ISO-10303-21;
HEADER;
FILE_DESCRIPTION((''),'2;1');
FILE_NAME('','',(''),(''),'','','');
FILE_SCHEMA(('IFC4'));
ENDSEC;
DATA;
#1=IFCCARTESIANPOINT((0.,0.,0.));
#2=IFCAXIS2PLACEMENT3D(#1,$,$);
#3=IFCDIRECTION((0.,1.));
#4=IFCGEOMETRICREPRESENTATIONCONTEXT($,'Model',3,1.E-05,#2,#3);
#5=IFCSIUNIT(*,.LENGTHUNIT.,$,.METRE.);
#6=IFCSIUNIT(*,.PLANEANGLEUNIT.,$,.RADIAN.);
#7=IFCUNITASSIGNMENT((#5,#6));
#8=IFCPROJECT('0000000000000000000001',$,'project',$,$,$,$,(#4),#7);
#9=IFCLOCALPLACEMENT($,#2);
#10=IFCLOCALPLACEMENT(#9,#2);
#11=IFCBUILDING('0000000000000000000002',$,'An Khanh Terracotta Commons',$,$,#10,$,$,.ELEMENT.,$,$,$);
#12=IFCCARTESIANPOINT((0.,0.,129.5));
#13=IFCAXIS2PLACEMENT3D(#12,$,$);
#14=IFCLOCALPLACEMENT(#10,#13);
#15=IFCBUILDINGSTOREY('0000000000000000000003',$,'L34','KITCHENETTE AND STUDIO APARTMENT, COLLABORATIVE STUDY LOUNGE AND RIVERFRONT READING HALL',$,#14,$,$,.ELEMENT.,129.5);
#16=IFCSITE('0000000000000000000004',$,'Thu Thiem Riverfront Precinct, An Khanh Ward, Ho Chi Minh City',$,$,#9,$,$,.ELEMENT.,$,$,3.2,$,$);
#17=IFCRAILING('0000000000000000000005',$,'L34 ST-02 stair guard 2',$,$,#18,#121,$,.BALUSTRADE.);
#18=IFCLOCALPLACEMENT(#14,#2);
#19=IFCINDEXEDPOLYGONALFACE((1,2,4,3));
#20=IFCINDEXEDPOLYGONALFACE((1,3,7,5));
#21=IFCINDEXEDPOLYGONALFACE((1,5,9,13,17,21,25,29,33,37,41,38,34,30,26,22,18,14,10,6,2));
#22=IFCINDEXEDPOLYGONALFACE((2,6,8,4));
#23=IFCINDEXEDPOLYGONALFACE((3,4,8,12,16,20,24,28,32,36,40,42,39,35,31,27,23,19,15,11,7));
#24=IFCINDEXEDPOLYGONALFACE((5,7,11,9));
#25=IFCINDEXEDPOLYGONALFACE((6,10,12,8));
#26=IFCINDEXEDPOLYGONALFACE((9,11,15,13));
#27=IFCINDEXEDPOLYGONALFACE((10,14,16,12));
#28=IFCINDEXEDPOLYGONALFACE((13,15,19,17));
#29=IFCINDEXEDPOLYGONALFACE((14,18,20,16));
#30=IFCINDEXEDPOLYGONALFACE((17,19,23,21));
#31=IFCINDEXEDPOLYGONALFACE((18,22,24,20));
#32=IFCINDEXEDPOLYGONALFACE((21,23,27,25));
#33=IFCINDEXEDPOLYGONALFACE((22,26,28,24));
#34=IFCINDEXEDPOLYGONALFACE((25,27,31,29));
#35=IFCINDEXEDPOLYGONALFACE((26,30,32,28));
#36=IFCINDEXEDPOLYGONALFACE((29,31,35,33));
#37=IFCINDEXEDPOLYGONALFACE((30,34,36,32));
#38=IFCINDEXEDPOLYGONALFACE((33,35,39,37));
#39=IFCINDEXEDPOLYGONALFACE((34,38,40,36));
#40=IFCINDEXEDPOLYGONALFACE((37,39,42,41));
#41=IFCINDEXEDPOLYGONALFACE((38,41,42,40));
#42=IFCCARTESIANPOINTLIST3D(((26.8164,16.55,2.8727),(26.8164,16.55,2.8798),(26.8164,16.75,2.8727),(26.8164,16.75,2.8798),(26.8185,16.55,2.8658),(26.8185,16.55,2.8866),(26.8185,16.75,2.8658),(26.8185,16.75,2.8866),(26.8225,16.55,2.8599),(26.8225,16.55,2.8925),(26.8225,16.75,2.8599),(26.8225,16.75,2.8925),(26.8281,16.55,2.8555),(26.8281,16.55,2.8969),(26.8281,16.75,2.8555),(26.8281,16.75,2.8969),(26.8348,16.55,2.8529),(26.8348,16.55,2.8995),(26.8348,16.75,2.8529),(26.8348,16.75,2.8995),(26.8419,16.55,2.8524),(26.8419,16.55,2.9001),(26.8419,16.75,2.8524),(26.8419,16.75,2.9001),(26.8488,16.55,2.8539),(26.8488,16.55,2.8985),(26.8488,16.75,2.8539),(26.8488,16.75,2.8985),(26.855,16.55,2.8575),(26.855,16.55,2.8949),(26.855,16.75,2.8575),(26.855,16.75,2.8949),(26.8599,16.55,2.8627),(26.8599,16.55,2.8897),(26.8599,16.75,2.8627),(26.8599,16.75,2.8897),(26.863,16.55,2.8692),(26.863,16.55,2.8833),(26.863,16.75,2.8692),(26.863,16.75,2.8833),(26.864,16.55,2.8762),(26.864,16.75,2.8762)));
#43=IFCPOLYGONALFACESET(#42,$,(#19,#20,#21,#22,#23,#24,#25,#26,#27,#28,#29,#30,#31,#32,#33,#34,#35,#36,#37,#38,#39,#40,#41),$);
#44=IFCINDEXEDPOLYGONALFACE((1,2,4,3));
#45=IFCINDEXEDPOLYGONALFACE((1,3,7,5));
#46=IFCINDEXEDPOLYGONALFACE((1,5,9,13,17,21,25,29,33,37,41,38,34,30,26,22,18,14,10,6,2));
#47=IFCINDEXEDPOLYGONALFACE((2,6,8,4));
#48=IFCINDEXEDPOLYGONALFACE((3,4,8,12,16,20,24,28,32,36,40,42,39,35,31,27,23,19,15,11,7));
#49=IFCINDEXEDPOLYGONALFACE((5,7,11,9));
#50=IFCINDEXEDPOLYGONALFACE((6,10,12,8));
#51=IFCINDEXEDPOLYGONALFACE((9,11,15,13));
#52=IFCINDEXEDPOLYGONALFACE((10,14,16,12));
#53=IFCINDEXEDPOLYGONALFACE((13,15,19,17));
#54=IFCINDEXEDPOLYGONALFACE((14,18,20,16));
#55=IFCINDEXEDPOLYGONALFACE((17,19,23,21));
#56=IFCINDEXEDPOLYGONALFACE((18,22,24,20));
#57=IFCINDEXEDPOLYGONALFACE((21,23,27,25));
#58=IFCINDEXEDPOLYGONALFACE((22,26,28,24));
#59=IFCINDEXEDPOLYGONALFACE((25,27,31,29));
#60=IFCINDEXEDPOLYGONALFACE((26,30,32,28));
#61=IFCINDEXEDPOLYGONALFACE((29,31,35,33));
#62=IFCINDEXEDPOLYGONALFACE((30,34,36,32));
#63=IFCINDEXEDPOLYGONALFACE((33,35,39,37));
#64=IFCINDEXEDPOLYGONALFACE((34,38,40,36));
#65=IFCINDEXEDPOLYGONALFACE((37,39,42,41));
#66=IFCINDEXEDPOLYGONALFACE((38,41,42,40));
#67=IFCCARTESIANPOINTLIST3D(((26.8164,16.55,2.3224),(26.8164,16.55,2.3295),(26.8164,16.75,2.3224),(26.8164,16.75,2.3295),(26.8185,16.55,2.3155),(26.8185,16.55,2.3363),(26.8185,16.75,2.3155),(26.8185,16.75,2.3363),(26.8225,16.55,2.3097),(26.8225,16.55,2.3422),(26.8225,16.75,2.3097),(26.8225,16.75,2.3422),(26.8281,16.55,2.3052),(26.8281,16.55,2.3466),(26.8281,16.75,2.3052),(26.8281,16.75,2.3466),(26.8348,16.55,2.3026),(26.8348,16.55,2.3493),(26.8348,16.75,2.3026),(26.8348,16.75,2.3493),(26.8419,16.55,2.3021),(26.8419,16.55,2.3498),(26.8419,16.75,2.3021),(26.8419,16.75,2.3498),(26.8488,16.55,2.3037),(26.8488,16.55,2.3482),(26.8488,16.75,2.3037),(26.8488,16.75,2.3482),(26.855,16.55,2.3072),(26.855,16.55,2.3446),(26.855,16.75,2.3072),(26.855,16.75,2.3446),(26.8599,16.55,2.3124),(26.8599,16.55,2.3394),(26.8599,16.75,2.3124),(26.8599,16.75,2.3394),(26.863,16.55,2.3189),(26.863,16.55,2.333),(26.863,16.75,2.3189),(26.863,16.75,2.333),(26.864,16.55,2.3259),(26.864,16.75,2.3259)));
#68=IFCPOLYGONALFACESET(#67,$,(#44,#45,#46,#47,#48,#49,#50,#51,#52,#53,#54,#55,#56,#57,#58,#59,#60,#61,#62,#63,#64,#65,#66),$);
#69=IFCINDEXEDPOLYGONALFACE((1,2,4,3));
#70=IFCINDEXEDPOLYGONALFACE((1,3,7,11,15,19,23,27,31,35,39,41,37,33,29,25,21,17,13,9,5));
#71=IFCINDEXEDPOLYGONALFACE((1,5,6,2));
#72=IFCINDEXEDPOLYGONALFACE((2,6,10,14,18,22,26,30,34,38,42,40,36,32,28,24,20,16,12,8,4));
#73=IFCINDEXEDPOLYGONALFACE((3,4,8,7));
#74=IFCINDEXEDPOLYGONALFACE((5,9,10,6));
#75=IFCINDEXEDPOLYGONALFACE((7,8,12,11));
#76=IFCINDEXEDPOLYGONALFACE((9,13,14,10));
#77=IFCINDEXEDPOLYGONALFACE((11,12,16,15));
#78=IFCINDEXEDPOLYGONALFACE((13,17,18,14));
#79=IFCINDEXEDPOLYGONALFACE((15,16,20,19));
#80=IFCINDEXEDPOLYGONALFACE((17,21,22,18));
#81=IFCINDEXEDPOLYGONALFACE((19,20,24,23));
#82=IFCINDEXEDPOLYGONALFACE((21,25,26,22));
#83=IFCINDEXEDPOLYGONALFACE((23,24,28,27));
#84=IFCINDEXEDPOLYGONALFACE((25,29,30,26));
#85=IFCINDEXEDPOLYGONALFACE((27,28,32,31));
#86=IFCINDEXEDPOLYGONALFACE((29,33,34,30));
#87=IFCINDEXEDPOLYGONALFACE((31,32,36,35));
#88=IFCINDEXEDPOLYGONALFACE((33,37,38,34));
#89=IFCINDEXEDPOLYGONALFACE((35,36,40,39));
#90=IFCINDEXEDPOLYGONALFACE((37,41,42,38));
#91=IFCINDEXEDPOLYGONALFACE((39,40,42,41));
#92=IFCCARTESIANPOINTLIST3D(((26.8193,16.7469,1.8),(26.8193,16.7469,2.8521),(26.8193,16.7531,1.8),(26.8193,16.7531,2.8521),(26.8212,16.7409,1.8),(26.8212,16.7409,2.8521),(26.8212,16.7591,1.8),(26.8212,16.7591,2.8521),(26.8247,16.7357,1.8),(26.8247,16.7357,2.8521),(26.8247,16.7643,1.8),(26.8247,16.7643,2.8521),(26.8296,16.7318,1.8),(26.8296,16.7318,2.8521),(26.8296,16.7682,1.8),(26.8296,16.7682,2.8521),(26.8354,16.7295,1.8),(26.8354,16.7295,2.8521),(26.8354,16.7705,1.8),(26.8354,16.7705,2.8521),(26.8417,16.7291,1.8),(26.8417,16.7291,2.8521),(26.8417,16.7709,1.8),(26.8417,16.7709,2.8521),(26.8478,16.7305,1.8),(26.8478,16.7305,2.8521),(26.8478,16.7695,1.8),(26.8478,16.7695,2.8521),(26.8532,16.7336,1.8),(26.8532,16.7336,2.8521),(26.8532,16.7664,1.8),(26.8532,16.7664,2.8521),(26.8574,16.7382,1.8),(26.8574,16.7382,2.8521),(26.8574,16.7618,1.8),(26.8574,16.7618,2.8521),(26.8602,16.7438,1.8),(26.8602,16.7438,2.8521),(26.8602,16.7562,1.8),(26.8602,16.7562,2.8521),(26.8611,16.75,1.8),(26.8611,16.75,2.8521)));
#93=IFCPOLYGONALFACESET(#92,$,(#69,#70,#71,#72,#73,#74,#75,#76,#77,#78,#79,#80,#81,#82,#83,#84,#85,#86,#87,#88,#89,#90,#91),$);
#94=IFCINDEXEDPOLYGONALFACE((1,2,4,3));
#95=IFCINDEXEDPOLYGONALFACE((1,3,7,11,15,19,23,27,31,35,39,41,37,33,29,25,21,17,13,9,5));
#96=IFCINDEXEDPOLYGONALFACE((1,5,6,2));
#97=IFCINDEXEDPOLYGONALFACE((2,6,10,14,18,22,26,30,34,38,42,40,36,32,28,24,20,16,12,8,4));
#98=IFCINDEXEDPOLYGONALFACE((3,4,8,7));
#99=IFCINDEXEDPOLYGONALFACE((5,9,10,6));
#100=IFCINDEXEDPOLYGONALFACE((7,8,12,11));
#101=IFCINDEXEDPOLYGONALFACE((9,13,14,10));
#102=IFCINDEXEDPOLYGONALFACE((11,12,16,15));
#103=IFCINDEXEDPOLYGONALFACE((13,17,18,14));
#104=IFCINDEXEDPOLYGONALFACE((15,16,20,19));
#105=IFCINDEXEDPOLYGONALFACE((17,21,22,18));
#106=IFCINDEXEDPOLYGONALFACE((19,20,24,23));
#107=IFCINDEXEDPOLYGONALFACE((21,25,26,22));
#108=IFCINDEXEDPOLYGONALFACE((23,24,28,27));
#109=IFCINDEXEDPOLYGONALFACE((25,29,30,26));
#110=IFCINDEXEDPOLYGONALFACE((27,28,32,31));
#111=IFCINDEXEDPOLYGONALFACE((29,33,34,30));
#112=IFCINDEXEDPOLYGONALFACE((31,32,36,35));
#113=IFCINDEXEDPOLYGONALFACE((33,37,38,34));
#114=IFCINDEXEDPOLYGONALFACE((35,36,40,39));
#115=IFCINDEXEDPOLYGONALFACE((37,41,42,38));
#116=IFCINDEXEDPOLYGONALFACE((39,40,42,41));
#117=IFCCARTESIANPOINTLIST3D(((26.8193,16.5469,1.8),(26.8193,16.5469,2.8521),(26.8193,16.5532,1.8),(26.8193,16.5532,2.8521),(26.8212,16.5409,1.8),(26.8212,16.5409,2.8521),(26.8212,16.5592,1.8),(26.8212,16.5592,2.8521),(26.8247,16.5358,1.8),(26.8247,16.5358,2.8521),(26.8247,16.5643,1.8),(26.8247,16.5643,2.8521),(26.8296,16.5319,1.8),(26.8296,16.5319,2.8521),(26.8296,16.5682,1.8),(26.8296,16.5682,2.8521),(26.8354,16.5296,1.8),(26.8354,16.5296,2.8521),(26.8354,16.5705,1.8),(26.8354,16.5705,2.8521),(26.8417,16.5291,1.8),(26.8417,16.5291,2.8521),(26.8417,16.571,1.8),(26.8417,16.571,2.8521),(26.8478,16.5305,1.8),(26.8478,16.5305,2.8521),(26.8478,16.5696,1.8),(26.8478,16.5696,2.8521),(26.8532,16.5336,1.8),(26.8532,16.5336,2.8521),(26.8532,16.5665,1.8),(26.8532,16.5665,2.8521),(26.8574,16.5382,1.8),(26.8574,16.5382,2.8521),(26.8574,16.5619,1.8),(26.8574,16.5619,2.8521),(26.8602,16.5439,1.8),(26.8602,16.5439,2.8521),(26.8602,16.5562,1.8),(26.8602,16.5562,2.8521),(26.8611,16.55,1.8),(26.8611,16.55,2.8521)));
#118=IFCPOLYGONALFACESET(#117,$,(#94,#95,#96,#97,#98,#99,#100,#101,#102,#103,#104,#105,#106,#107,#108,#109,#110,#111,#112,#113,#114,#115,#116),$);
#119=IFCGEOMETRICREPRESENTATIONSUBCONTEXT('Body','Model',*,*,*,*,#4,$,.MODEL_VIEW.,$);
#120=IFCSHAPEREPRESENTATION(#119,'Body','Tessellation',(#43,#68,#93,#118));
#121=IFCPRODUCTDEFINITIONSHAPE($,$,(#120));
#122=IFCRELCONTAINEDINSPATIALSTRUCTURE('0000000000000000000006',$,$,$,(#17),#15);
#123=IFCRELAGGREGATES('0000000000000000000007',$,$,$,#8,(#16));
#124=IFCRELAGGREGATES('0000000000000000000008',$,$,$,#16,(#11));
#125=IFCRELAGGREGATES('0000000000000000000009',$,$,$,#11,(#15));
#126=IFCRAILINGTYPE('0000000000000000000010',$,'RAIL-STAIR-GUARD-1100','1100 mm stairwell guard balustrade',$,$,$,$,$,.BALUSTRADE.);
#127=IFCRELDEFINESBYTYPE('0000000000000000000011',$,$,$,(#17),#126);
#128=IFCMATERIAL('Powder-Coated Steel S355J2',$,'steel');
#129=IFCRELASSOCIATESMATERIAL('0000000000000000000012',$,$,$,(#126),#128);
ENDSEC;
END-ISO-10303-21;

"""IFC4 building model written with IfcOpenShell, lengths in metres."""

from ifc_helpers import new_model, si_unit, direction, frame, origin, origin_2d, place, context, subcontext, project, spatial, circle, extrude, material, type_object, element, save


model = new_model("IFC4")

# Units and contexts
model_context = context("Model", 3, precision=1e-05, world=origin(), true_north=direction((0.0, 1.0)))
body_context = subcontext(model_context, "Body", "Model", "MODEL_VIEW")
ifc_project = project(units=[si_unit("LENGTHUNIT", "METRE"), si_unit("PLANEANGLEUNIT", "RADIAN")], contexts=[model_context])

# Site, building, storey
site_placement = place(None, origin())
site = spatial("IfcSite", under=ifc_project, at=site_placement, Name="Thu Thiem Riverfront Precinct, An Khanh Ward, Ho Chi Minh City", CompositionType="ELEMENT", RefElevation=3.2)
building_placement = place(site_placement, origin())
building = spatial("IfcBuilding", under=site, at=building_placement, Name="An Khanh Terracotta Commons", CompositionType="ELEMENT")
storey_placement = place(building_placement, frame((0.0, 0.0, 129.5)))
storey = spatial("IfcBuildingStorey", under=building, at=storey_placement, Name="L34", Description="KITCHENETTE AND STUDIO APARTMENT, COLLABORATIVE STUDY LOUNGE AND RIVERFRONT READING HALL", CompositionType="ELEMENT", Elevation=129.5)

# Railing
ifc_material_1 = material(Name="Powder-Coated Steel S355J2", Category="steel")
railing_type_1 = type_object("IfcRailingType", Name="RAIL-STAIR-GUARD-1100", Description="1100 mm stairwell guard balustrade", PredefinedType="BALUSTRADE", material=ifc_material_1)
railing_1_placement = place(storey_placement, frame((26.8401, 16.75, 1.8)))
element("IfcRailing", 1, at=railing_1_placement, inside=storey, type_object=railing_type_1, Name="L34 ST-02 stair guard 2", PredefinedType="BALUSTRADE", context=body_context, shape_type="SweptSolid", body=[
    extrude(circle(Radius=0.0239, at=origin_2d()), frame((0.0, 0.0, 1.0762), z_axis=(0.0, -1.0, 0.0), x_axis=(1.0, 0.0, 0.0)), (0.0, 0.0, 1.0), 0.2),
    extrude(circle(Radius=0.0239, at=origin_2d()), frame((0.0, 0.0, 0.5259), z_axis=(0.0, -1.0, 0.0), x_axis=(1.0, 0.0, 0.0)), (0.0, 0.0, 1.0), 0.2),
    extrude(circle(Radius=0.021, at=origin_2d()), origin(), (0.0, 0.0, 1.0), 1.052),
    extrude(circle(Radius=0.021, at=origin_2d()), frame((0.0, -0.2, 0.0)), (0.0, 0.0, 1.0), 1.052),
])

save(model, "model.ifc")
